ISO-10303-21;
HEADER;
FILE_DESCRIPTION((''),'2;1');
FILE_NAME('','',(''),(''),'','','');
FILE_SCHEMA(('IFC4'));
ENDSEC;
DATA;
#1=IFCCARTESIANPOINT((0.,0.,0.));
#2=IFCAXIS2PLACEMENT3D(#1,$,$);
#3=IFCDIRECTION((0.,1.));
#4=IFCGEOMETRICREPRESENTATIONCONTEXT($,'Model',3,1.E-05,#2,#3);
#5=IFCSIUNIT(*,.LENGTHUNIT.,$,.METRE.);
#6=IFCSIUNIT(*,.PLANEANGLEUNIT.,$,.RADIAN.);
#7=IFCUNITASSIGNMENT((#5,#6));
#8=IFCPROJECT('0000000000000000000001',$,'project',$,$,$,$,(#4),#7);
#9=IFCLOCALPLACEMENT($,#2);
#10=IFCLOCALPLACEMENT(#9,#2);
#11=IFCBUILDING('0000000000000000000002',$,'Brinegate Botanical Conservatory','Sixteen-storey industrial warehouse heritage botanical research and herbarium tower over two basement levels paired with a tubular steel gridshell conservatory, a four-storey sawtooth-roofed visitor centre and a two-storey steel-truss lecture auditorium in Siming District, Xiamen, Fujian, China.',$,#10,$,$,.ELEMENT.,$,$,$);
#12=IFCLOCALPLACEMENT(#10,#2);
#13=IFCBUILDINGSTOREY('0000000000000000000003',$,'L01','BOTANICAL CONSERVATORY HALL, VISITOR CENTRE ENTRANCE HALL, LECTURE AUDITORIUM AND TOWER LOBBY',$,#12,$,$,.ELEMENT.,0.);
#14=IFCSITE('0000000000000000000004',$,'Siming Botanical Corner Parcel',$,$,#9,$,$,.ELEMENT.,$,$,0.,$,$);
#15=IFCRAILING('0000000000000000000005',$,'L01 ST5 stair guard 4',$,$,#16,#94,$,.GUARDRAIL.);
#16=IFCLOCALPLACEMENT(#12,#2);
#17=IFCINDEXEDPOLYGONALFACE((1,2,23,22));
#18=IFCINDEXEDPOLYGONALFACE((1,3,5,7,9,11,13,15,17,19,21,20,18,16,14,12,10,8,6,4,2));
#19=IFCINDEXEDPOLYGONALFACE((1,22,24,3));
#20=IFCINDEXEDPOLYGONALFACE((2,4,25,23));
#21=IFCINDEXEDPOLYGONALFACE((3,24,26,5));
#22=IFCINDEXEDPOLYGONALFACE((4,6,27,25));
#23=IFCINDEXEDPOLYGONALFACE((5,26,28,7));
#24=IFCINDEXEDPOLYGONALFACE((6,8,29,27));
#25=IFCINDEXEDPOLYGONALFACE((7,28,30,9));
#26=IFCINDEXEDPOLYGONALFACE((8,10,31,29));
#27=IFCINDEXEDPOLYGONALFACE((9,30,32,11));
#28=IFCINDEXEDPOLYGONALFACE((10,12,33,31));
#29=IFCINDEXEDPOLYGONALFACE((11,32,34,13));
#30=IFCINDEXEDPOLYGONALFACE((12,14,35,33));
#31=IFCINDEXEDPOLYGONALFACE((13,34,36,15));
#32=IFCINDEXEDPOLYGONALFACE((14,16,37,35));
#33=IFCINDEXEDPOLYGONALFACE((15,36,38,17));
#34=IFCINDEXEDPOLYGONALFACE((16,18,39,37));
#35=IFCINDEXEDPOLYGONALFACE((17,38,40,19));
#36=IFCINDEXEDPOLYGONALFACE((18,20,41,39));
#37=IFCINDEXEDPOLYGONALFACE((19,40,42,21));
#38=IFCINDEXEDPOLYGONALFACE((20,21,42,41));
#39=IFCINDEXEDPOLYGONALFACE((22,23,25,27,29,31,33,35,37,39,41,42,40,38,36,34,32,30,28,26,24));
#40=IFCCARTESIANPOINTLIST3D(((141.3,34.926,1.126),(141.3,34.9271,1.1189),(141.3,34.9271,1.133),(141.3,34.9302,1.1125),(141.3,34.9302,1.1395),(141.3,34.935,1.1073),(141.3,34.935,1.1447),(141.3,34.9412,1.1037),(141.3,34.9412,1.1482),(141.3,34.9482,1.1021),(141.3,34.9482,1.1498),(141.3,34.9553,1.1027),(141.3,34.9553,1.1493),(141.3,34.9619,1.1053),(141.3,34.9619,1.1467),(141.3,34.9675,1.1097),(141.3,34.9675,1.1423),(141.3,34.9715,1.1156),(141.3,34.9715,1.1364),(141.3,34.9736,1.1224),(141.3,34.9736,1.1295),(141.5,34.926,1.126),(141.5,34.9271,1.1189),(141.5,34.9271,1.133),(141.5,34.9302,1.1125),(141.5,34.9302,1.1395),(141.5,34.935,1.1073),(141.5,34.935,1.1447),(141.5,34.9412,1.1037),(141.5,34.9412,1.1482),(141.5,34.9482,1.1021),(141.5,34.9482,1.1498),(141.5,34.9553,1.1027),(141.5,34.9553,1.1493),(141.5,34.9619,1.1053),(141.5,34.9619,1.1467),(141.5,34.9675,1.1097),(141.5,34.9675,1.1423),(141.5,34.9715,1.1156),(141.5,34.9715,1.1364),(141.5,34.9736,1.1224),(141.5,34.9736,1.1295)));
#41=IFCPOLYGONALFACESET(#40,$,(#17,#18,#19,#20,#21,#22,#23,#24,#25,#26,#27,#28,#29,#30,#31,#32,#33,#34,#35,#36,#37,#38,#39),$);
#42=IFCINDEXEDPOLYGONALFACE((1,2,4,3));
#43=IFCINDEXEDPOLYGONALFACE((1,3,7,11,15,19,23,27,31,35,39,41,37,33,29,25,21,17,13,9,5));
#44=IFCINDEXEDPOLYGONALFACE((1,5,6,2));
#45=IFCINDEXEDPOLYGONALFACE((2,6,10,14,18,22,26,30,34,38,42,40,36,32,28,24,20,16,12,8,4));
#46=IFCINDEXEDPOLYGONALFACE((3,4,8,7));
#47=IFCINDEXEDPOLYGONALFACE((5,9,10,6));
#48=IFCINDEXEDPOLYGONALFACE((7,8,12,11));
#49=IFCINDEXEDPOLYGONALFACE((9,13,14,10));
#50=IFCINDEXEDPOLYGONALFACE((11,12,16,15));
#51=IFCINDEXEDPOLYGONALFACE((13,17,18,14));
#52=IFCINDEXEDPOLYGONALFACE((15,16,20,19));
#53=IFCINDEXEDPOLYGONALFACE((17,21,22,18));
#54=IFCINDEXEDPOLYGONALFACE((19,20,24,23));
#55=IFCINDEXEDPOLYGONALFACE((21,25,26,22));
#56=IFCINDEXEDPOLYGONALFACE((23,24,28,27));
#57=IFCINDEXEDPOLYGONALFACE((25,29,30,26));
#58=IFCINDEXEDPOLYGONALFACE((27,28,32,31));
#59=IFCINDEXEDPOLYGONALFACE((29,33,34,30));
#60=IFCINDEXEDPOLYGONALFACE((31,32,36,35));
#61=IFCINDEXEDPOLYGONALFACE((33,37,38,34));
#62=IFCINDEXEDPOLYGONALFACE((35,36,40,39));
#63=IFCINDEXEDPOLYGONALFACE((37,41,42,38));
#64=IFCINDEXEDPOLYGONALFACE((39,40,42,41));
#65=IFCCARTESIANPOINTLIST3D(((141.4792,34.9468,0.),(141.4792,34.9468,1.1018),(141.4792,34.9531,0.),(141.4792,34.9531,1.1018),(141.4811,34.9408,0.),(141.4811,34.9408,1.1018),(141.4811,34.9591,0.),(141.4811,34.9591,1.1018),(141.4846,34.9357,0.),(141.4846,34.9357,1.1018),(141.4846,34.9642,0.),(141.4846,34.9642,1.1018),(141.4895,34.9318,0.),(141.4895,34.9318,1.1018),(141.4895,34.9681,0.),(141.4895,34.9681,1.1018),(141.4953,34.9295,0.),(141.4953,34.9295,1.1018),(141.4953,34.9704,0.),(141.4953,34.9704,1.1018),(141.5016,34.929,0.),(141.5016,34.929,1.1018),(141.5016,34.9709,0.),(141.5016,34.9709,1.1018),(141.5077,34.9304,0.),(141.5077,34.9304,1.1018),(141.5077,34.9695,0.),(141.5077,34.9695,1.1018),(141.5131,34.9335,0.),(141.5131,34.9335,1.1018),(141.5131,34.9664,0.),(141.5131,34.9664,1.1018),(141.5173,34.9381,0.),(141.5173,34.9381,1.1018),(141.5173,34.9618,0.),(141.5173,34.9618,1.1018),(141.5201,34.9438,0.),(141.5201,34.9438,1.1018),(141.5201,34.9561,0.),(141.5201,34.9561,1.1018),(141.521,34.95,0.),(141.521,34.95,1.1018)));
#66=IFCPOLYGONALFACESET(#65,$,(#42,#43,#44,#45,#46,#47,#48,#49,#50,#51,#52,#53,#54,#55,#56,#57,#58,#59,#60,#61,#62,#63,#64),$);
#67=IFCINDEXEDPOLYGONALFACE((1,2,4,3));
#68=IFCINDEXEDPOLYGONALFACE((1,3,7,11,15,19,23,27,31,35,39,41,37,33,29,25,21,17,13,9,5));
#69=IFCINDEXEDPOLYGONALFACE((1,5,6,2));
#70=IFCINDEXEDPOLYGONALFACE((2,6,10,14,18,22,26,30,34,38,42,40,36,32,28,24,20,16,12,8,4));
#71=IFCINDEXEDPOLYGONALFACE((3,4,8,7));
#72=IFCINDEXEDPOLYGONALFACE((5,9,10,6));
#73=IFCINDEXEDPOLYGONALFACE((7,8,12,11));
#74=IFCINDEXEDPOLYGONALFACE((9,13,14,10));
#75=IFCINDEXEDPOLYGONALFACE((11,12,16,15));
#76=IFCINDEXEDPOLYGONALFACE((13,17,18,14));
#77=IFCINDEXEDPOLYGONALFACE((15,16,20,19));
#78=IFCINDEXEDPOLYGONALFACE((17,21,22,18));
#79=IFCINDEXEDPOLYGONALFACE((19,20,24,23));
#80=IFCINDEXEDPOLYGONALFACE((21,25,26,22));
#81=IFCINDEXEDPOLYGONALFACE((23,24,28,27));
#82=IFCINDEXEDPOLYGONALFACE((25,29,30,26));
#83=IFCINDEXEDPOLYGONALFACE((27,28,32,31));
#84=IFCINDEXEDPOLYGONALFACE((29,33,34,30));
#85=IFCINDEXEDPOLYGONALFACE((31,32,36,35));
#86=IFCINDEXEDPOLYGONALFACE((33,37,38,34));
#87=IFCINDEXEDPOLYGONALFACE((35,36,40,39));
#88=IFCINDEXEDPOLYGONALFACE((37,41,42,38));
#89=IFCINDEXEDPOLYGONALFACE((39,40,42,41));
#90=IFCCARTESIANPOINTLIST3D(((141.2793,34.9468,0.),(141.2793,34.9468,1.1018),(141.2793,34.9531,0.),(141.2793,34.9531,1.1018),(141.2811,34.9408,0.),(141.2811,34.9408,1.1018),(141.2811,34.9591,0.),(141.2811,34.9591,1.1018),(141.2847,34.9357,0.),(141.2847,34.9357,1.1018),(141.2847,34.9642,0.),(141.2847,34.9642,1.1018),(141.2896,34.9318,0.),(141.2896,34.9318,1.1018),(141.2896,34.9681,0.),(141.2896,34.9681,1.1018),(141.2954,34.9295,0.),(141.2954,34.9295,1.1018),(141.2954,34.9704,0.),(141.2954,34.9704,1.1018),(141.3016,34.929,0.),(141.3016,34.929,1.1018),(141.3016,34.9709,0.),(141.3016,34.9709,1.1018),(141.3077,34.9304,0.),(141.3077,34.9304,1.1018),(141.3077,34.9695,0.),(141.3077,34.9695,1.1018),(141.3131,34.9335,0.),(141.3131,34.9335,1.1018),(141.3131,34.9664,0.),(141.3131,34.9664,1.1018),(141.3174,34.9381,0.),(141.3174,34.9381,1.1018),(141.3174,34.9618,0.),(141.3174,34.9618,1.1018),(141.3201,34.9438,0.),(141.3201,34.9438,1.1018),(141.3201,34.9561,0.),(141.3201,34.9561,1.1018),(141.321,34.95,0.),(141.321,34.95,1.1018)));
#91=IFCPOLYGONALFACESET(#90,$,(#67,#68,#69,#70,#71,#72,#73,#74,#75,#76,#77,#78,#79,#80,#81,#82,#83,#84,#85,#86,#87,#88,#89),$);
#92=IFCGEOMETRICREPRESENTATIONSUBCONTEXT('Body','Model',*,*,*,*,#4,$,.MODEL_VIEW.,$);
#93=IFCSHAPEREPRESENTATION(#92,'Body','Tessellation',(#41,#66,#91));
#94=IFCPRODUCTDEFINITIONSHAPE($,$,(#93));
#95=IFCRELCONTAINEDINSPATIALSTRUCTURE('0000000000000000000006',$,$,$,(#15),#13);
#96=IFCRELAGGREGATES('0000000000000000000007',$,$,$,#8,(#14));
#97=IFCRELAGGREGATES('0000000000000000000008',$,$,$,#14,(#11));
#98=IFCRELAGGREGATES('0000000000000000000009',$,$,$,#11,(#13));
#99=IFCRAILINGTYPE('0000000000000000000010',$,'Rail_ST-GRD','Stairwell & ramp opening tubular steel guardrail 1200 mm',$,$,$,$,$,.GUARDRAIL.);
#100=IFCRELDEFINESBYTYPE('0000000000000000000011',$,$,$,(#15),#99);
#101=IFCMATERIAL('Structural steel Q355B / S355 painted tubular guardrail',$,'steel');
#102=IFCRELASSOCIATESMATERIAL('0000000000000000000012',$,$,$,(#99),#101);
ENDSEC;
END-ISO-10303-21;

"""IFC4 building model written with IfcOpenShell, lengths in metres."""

from ifc_helpers import new_model, si_unit, direction, frame, origin, origin_2d, place, context, subcontext, project, spatial, circle, extrude, material, type_object, element, save


model = new_model("IFC4")

# Units and contexts
model_context = context("Model", 3, precision=1e-05, world=origin(), true_north=direction((0.0, 1.0)))
body_context = subcontext(model_context, "Body", "Model", "MODEL_VIEW")
ifc_project = project(units=[si_unit("LENGTHUNIT", "METRE"), si_unit("PLANEANGLEUNIT", "RADIAN")], contexts=[model_context])

# Site, building, storey
site_placement = place(None, origin())
site = spatial("IfcSite", under=ifc_project, at=site_placement, Name="Siming Botanical Corner Parcel", CompositionType="ELEMENT", RefElevation=0.0)
building_placement = place(site_placement, origin())
building = spatial("IfcBuilding", under=site, at=building_placement, Name="Brinegate Botanical Conservatory", Description="Sixteen-storey industrial warehouse heritage botanical research and herbarium tower over two basement levels paired with a tubular steel gridshell conservatory, a four-storey sawtooth-roofed visitor centre and a two-storey steel-truss lecture auditorium in Siming District, Xiamen, Fujian, China.", CompositionType="ELEMENT")
storey_placement = place(building_placement, origin())
storey = spatial("IfcBuildingStorey", under=building, at=storey_placement, Name="L01", Description="BOTANICAL CONSERVATORY HALL, VISITOR CENTRE ENTRANCE HALL, LECTURE AUDITORIUM AND TOWER LOBBY", CompositionType="ELEMENT", Elevation=0.0)

# Railing
ifc_material_1 = material(Name="Structural steel Q355B / S355 painted tubular guardrail", Category="steel")
railing_type_1 = type_object("IfcRailingType", Name="Rail_ST-GRD", Description="Stairwell & ramp opening tubular steel guardrail 1200 mm", PredefinedType="GUARDRAIL", material=ifc_material_1)
railing_1_placement = place(storey_placement, frame((141.5, 34.95, 0.0)))
element("IfcRailing", 1, at=railing_1_placement, inside=storey, type_object=railing_type_1, Name="L01 ST5 stair guard 4", PredefinedType="GUARDRAIL", context=body_context, shape_type="SweptSolid", body=[
    extrude(circle(Radius=0.0239, at=origin_2d()), frame((0.0, 0.0, 1.126), z_axis=(-1.0, 0.0, 0.0), x_axis=(0.0, -1.0, 0.0)), (0.0, 0.0, 1.0), 0.2),
    extrude(circle(Radius=0.021, at=origin_2d()), origin(), (0.0, 0.0, 1.0), 1.1018),
    extrude(circle(Radius=0.021, at=origin_2d()), frame((-0.2, 0.0, 0.0)), (0.0, 0.0, 1.0), 1.1018),
])

save(model, "model.ifc")
